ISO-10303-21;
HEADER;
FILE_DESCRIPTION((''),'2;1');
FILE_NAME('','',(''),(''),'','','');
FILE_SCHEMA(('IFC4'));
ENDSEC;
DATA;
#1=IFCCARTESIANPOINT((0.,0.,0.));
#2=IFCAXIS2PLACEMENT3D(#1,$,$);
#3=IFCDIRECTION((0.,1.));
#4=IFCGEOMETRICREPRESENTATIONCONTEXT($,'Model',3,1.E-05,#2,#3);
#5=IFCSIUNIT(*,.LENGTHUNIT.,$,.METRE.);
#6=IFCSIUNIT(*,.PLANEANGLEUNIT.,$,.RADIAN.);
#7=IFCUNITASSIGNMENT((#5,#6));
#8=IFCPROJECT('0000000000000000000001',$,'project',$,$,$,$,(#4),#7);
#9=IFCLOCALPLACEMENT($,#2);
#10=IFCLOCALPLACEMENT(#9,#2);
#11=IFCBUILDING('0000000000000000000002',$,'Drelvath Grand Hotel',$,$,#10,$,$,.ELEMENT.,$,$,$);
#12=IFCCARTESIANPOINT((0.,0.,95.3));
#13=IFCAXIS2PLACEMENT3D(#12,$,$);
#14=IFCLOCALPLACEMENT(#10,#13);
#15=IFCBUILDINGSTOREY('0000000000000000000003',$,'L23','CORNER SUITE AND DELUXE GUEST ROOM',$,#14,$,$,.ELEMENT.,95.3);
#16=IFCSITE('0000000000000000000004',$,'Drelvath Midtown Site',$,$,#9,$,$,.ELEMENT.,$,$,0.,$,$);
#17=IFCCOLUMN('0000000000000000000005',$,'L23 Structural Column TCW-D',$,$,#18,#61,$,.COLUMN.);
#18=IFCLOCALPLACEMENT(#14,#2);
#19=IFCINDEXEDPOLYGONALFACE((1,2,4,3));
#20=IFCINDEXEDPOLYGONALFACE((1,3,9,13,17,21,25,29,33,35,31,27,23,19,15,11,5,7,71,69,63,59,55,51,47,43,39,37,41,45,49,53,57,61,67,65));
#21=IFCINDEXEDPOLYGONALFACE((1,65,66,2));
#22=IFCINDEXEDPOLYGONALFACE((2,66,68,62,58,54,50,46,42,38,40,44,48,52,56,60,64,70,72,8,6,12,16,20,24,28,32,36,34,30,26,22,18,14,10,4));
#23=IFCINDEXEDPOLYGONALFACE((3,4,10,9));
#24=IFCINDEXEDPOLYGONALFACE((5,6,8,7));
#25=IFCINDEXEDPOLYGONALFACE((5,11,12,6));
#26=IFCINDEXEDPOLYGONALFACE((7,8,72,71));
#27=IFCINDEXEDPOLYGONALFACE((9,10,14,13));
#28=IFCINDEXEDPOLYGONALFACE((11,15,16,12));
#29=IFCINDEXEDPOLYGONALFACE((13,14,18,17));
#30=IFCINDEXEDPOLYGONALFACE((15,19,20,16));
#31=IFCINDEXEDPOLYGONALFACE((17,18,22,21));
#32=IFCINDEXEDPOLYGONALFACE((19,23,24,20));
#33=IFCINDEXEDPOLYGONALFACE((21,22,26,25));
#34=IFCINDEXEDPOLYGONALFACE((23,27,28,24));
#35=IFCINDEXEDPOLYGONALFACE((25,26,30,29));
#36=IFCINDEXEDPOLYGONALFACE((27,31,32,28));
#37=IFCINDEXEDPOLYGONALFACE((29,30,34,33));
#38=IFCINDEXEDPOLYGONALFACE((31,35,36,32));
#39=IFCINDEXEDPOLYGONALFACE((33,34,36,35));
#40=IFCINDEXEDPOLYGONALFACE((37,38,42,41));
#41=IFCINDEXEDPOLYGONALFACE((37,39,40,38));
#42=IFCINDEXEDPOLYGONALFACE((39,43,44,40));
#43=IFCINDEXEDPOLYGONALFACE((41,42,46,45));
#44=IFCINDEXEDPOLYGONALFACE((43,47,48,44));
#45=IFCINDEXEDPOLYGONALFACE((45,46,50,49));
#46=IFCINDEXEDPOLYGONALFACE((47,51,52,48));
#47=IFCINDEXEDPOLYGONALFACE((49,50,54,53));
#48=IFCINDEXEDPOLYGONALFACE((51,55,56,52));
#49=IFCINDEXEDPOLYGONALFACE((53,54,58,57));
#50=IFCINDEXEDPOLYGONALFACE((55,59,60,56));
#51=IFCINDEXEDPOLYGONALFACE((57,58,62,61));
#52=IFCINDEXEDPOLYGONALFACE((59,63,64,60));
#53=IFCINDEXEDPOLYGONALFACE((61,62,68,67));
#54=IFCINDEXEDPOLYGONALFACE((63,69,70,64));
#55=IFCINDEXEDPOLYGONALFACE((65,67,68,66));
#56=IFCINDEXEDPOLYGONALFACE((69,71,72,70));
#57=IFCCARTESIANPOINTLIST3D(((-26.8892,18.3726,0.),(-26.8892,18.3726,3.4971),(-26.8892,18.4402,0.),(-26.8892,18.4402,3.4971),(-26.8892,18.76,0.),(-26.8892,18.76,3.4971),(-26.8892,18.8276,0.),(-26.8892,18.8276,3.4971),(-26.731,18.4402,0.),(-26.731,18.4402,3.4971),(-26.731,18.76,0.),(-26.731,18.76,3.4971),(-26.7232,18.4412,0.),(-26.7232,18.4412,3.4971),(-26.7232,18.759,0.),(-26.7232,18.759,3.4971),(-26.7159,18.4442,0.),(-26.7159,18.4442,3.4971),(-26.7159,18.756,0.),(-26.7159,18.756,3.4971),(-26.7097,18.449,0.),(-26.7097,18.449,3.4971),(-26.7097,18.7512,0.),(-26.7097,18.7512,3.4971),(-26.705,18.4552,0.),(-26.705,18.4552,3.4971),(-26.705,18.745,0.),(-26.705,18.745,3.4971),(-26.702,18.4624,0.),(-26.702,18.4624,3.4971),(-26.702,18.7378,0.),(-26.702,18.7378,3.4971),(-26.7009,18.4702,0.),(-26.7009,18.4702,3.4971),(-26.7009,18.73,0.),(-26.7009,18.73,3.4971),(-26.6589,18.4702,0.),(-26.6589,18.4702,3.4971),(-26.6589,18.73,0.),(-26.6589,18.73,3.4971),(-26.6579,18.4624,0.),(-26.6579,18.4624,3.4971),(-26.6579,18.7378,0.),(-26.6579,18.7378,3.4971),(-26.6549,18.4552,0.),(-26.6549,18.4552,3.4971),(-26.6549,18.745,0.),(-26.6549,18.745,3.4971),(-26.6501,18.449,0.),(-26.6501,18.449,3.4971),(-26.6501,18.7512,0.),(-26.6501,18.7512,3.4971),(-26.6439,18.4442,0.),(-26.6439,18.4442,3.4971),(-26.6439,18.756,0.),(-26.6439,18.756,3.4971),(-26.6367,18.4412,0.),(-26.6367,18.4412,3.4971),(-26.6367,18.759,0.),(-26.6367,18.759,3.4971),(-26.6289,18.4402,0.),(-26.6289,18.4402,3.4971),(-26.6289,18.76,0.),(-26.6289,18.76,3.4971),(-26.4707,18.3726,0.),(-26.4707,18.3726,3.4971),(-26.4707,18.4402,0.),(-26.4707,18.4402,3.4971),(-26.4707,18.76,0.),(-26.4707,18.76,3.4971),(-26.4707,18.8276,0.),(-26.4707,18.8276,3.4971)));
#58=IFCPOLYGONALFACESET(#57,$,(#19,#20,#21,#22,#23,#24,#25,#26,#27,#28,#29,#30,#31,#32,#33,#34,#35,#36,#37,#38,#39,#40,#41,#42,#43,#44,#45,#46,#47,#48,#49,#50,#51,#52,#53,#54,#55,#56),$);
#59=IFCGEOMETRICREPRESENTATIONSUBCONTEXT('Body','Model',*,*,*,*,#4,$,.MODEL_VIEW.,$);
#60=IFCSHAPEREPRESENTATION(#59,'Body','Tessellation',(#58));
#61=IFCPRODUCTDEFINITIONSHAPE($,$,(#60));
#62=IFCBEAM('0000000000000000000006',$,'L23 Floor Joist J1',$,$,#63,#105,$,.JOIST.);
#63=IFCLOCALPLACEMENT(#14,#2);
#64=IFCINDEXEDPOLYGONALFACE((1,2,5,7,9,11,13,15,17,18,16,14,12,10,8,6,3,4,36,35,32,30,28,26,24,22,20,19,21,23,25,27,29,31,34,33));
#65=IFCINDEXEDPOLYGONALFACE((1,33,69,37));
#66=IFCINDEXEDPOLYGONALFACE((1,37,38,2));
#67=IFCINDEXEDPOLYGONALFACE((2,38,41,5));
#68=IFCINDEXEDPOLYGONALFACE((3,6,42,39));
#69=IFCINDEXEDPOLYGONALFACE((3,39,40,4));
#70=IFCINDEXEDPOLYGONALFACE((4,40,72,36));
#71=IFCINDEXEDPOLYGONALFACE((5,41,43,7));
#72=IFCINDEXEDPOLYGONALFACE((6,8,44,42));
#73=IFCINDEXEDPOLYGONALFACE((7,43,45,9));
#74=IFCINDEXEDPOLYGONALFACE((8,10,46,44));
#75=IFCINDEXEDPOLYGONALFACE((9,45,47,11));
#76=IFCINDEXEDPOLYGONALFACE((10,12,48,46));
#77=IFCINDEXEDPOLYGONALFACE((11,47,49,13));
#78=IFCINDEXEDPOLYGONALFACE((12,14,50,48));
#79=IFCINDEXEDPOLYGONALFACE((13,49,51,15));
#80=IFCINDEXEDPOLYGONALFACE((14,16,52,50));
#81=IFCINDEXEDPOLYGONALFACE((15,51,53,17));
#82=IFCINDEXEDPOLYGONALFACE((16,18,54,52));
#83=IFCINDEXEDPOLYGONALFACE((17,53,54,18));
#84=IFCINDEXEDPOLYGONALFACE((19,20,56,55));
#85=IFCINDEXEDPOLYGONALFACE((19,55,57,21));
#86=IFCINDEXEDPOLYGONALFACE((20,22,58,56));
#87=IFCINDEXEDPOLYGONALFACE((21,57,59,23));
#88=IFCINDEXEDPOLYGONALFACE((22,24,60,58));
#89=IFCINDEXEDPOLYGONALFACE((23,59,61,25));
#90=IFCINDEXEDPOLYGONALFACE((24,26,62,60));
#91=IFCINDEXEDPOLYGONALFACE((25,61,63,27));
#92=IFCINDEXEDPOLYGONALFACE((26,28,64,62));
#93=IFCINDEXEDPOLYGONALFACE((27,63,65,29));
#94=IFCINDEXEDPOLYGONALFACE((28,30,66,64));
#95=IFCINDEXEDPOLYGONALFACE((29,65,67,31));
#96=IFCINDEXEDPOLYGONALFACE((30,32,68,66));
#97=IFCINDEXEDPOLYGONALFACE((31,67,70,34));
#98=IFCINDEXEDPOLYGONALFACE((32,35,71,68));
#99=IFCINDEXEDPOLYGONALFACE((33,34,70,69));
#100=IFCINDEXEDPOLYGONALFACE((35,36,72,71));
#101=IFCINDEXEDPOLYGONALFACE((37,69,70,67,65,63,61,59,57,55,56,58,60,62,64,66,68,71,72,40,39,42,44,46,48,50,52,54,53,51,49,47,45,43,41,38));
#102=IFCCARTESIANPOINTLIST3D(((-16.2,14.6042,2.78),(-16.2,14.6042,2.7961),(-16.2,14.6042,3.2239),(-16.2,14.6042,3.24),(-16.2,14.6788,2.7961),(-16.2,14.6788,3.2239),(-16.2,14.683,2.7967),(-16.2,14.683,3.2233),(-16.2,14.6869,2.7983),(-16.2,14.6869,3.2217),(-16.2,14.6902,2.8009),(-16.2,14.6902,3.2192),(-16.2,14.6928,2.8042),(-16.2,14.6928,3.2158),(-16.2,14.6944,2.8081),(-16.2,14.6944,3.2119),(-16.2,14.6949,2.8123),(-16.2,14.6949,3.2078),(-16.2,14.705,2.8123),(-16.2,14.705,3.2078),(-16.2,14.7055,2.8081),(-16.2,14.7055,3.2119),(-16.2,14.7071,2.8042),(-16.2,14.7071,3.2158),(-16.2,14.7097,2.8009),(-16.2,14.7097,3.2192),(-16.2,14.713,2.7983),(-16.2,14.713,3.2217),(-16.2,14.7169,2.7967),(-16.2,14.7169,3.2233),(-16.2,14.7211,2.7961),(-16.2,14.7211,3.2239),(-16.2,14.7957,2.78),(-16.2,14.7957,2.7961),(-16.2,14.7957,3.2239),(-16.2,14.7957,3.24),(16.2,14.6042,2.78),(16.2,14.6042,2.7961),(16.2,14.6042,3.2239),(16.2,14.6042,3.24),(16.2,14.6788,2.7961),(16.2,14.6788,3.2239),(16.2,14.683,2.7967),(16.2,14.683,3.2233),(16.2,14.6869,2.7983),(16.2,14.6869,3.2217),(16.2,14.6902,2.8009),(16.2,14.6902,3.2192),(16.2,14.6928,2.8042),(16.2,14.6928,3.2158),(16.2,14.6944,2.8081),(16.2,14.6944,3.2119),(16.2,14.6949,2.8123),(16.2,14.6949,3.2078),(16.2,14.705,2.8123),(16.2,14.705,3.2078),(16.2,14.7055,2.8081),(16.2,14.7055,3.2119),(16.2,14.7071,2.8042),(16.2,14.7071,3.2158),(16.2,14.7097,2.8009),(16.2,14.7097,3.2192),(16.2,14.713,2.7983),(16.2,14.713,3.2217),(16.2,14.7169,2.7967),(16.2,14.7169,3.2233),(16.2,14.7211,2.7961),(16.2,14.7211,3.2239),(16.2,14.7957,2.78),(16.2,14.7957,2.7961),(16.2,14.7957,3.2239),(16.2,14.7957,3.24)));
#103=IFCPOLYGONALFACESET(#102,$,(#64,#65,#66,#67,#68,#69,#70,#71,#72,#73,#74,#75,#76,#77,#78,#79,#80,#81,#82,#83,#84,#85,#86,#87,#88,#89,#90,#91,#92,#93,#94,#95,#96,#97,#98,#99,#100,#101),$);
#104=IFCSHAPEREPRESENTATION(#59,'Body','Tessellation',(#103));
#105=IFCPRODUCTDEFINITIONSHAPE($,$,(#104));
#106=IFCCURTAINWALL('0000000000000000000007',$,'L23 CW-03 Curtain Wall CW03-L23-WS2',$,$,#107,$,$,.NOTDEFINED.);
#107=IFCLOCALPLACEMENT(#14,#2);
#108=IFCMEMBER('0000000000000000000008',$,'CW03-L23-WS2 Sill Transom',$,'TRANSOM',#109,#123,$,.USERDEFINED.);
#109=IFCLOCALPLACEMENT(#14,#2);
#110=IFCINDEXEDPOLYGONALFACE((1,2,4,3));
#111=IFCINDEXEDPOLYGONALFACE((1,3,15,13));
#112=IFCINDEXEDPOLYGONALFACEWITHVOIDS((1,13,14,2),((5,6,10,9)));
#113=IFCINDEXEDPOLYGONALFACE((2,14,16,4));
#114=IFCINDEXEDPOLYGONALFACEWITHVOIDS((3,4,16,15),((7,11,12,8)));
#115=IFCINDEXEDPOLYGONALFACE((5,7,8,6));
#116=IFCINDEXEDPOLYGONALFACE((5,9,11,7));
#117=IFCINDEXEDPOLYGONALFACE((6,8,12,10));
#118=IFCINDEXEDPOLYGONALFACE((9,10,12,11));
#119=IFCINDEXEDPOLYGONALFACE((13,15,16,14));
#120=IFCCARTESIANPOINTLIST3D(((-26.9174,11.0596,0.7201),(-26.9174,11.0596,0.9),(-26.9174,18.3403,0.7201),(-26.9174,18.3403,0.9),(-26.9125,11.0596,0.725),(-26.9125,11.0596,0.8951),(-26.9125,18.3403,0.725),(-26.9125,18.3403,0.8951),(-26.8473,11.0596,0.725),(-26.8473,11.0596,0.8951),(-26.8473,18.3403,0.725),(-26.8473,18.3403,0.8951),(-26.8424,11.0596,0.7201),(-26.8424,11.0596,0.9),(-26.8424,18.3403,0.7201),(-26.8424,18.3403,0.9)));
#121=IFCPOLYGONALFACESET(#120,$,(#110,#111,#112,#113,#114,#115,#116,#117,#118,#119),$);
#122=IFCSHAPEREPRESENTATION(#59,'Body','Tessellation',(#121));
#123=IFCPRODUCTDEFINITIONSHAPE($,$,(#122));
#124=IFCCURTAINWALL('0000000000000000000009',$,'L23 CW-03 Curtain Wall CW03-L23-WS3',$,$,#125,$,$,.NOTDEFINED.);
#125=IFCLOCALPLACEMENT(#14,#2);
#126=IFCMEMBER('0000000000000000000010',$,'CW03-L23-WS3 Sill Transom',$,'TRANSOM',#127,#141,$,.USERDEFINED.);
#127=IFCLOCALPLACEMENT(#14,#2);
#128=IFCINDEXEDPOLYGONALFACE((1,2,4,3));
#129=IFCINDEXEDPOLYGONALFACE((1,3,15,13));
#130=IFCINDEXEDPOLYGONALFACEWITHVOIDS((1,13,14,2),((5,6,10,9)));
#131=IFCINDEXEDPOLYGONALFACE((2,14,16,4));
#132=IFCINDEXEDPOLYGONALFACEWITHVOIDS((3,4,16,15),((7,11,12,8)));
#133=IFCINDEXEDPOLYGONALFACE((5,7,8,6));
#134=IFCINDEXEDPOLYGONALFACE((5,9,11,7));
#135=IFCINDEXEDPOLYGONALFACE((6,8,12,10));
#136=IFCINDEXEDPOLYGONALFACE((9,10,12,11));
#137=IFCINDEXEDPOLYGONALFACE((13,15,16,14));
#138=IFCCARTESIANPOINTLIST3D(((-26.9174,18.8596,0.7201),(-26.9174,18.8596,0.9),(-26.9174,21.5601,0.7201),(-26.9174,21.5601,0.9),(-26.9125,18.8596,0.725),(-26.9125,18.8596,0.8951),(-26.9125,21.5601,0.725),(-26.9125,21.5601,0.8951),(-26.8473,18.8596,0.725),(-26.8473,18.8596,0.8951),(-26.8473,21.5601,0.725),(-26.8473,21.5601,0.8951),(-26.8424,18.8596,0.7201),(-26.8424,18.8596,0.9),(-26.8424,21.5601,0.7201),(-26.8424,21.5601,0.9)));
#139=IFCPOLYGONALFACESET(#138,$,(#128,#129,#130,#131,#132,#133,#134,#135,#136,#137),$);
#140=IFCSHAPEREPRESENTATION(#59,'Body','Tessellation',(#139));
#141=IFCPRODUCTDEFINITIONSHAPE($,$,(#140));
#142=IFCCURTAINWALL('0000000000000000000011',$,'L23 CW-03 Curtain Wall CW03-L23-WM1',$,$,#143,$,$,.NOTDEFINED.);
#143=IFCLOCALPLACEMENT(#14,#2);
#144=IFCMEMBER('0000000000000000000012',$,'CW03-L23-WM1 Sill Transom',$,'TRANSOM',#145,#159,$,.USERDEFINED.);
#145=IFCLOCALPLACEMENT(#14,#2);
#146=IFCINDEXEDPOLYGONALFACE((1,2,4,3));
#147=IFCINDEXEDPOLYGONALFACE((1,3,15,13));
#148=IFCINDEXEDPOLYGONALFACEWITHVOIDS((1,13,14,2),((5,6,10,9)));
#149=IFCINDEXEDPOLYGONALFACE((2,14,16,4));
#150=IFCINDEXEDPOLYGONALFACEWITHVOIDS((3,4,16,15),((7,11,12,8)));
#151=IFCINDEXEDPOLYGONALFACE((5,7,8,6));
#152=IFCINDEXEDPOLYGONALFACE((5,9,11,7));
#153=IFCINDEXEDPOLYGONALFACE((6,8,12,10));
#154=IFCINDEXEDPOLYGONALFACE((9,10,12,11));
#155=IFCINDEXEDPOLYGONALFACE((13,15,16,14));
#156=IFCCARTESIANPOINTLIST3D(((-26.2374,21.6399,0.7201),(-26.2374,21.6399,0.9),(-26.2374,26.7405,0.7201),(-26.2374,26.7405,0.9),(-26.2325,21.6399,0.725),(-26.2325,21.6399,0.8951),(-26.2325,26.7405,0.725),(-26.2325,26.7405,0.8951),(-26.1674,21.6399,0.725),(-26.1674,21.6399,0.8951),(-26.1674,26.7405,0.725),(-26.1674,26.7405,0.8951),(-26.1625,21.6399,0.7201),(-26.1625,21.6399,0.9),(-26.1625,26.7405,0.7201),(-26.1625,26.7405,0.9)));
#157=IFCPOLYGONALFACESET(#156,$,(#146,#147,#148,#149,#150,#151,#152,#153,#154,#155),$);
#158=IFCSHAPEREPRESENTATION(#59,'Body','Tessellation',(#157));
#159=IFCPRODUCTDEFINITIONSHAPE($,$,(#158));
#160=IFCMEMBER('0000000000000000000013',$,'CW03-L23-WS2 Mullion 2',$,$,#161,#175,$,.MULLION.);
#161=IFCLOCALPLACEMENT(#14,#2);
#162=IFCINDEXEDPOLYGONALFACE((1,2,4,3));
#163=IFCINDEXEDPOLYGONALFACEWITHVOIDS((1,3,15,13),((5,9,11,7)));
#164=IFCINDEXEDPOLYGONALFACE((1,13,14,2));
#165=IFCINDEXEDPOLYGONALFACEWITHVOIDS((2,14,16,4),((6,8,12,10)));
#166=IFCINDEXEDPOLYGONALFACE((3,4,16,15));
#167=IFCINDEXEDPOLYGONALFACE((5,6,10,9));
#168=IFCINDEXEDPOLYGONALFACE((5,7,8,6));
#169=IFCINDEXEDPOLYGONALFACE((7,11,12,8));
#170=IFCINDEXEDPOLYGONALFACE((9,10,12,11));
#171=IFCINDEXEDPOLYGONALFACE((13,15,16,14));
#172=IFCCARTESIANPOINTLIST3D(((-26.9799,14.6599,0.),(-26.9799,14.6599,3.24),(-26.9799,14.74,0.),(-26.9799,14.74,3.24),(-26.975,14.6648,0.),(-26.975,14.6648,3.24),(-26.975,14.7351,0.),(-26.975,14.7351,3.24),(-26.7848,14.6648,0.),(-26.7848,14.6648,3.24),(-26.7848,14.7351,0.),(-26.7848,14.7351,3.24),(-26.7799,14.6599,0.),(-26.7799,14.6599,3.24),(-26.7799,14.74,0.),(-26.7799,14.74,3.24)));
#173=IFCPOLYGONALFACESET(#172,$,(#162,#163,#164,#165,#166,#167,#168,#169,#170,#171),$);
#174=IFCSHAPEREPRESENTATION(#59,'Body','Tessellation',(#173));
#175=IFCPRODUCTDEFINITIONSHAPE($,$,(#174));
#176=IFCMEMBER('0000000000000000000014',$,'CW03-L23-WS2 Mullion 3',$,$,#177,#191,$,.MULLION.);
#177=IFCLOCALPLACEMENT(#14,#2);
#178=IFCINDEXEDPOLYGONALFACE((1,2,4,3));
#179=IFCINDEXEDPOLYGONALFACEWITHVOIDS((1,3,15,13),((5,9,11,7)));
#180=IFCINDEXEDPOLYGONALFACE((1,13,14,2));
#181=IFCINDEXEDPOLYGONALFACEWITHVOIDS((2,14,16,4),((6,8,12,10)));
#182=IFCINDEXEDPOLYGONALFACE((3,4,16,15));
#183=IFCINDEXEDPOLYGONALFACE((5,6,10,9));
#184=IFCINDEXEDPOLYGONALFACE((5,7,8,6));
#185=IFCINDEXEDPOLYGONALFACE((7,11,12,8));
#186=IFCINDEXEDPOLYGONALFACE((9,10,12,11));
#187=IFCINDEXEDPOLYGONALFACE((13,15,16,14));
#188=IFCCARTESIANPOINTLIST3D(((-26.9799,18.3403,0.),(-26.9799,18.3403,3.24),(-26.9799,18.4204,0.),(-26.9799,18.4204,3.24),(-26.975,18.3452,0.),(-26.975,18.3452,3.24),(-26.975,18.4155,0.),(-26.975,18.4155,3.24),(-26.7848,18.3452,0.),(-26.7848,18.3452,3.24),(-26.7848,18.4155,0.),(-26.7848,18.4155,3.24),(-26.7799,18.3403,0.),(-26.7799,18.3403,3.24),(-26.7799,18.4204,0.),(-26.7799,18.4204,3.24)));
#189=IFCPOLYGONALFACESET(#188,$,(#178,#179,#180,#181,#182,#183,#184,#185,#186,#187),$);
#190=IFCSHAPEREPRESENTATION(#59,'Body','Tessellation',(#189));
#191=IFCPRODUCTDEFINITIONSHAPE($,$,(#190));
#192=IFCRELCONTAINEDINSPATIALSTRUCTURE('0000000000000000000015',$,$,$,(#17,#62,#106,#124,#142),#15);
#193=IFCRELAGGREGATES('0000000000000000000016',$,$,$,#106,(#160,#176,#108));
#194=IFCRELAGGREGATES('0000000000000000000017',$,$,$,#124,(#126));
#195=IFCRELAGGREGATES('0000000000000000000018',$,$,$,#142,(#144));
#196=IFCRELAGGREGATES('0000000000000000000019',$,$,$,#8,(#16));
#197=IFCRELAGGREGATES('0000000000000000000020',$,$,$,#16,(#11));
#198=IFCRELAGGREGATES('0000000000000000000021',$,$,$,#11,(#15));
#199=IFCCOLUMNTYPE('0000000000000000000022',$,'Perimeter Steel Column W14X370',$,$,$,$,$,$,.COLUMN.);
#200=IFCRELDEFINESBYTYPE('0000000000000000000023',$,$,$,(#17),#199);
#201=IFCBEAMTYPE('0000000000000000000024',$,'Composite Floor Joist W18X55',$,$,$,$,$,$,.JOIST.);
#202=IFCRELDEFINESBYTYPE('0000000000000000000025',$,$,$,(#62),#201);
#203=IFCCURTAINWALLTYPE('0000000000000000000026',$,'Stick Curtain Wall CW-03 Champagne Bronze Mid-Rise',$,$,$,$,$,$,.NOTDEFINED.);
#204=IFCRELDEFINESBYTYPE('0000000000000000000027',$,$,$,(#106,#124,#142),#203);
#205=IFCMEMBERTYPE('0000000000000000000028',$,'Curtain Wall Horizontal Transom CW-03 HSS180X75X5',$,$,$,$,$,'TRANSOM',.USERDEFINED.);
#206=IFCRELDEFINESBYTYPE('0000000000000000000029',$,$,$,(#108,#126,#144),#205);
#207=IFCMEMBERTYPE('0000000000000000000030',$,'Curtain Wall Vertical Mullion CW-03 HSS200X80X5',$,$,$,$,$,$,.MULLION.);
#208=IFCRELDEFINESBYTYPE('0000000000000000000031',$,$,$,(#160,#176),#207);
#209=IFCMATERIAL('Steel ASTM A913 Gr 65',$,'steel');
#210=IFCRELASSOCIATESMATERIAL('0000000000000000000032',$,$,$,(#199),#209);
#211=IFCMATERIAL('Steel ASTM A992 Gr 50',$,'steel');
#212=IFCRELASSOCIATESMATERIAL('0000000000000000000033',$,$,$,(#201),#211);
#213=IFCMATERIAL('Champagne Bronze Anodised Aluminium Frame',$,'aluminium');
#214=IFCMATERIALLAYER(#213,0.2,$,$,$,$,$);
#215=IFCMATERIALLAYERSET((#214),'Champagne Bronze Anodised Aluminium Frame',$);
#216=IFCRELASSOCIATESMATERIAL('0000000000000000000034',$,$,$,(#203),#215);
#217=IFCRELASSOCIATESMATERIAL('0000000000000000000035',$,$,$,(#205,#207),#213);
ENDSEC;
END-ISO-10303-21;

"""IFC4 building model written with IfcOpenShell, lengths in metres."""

from ifc_helpers import new_model, si_unit, direction, frame, origin, origin_2d, place, context, subcontext, project, spatial, hollow_rectangle, i_section, extrude, material, layer, layer_set, material_profile, profile_set, type_object, element, aggregate, save


model = new_model("IFC4")

# Units and contexts
model_context = context("Model", 3, precision=1e-05, world=origin(), true_north=direction((0.0, 1.0)))
body_context = subcontext(model_context, "Body", "Model", "MODEL_VIEW")
ifc_project = project(units=[si_unit("LENGTHUNIT", "METRE"), si_unit("PLANEANGLEUNIT", "RADIAN")], contexts=[model_context])

# Site, building, storey
site_placement = place(None, origin())
site = spatial("IfcSite", under=ifc_project, at=site_placement, Name="Drelvath Midtown Site", CompositionType="ELEMENT", RefElevation=0.0)
building_placement = place(site_placement, origin())
building = spatial("IfcBuilding", under=site, at=building_placement, Name="Drelvath Grand Hotel", CompositionType="ELEMENT")
storey_placement = place(building_placement, frame((0.0, 0.0, 95.3)))
storey = spatial("IfcBuildingStorey", under=building, at=storey_placement, Name="L23", Description="CORNER SUITE AND DELUXE GUEST ROOM", CompositionType="ELEMENT", Elevation=95.3)

# Column
ifc_material_1 = material(Name="Steel ASTM A913 Gr 65", Category="steel")
ifc_material_profile_1 = material_profile(ifc_material_1, i_section(OverallWidth=0.4185, OverallDepth=0.4551, WebThickness=0.042, FlangeThickness=0.0676, FilletRadius=0.03, at=origin_2d()), Name="W14X370")
ifc_profile_set_1 = profile_set([ifc_material_profile_1], Name="Steel ASTM A913 Gr 65")
column_type = type_object("IfcColumnType", Name="Perimeter Steel Column W14X370", PredefinedType="COLUMN", material=ifc_profile_set_1)
column_placement = place(storey_placement, frame((-26.6799, 18.6001, 0.0), z_axis=(0.0, 0.0, 1.0), x_axis=(1.0, 0.0, 0.0)))
element("IfcColumn", 1, at=column_placement, inside=storey, type_object=column_type, Name="L23 Structural Column TCW-D", PredefinedType="COLUMN", context=body_context, shape_type="SweptSolid", body=[
    extrude(i_section(OverallWidth=0.4185, OverallDepth=0.4551, WebThickness=0.042, FlangeThickness=0.0676, FilletRadius=0.03, at=origin_2d()), origin(), (0.0, 0.0, 1.0), 3.4971),
])

# Beam
ifc_material_2 = material(Name="Steel ASTM A992 Gr 50", Category="steel")
ifc_material_profile_2 = material_profile(ifc_material_2, i_section(OverallWidth=0.1914, OverallDepth=0.46, WebThickness=0.01, FlangeThickness=0.0161, FilletRadius=0.0161, at=origin_2d()), Name="W18X55")
ifc_profile_set_2 = profile_set([ifc_material_profile_2], Name="Steel ASTM A992 Gr 50")
beam_type_1 = type_object("IfcBeamType", Name="Composite Floor Joist W18X55", PredefinedType="JOIST", material=ifc_profile_set_2)
beam_1_placement = place(storey_placement, frame((-16.2, 14.7, 3.01), z_axis=(1.0, 0.0, 0.0), x_axis=(0.0, 1.0, 0.0)))
element("IfcBeam", 2, at=beam_1_placement, inside=storey, type_object=beam_type_1, Name="L23 Floor Joist J1", PredefinedType="JOIST", context=body_context, shape_type="SweptSolid", body=[
    extrude(i_section(OverallWidth=0.1914, OverallDepth=0.46, WebThickness=0.01, FlangeThickness=0.0161, FilletRadius=0.0161, at=origin_2d()), origin(), (0.0, 0.0, 1.0), 32.3999),
])

# Curtain walls, members
ifc_material_3 = material(Name="Champagne Bronze Anodised Aluminium Frame", Category="aluminium")
ifc_layer_1 = layer(ifc_material_3, 0.2)
ifc_layer_set_1 = layer_set([ifc_layer_1], Name="Champagne Bronze Anodised Aluminium Frame")
curtain_wall_type = type_object("IfcCurtainWallType", Name="Stick Curtain Wall CW-03 Champagne Bronze Mid-Rise", PredefinedType="NOTDEFINED", material=ifc_layer_set_1)
curtain_wall_1_placement = place(storey_placement, origin())
curtain_wall_1 = element("IfcCurtainWall", 3, at=curtain_wall_1_placement, inside=storey, type_object=curtain_wall_type, Name="L23 CW-03 Curtain Wall CW03-L23-WS2", PredefinedType="NOTDEFINED")
ifc_material_profile_3 = material_profile(ifc_material_3, hollow_rectangle(XDim=0.075, YDim=0.1799, WallThickness=0.0049, at=origin_2d()), Name="HSS180X75X5")
ifc_profile_set_3 = profile_set([ifc_material_profile_3], Name="Champagne Bronze Anodised Aluminium Frame")
member_type_1 = type_object("IfcMemberType", Name="Curtain Wall Horizontal Transom CW-03 HSS180X75X5", ElementType="TRANSOM", PredefinedType="USERDEFINED", material=ifc_profile_set_3)
member_1_placement = place(storey_placement, frame((-26.8799, 11.0596, 0.8101), z_axis=(0.0, 1.0, 0.0), x_axis=(-1.0, 0.0, 0.0)))
member_1 = element("IfcMember", 4, at=member_1_placement, type_object=member_type_1, Name="CW03-L23-WS2 Sill Transom", ObjectType="TRANSOM", PredefinedType="USERDEFINED", context=body_context, shape_type="SweptSolid", body=[
    extrude(hollow_rectangle(XDim=0.075, YDim=0.1799, WallThickness=0.0049, at=origin_2d()), origin(), (0.0, 0.0, 1.0), 7.2808),
])
curtain_wall_2_placement = place(storey_placement, origin())
curtain_wall_2 = element("IfcCurtainWall", 5, at=curtain_wall_2_placement, inside=storey, type_object=curtain_wall_type, Name="L23 CW-03 Curtain Wall CW03-L23-WS3", PredefinedType="NOTDEFINED")
member_2_placement = place(storey_placement, frame((-26.8799, 18.8596, 0.8101), z_axis=(0.0, 1.0, 0.0), x_axis=(-1.0, 0.0, 0.0)))
member_2 = element("IfcMember", 6, at=member_2_placement, type_object=member_type_1, Name="CW03-L23-WS3 Sill Transom", ObjectType="TRANSOM", PredefinedType="USERDEFINED", context=body_context, shape_type="SweptSolid", body=[
    extrude(hollow_rectangle(XDim=0.075, YDim=0.1799, WallThickness=0.0049, at=origin_2d()), origin(), (0.0, 0.0, 1.0), 2.7004),
])
curtain_wall_3_placement = place(storey_placement, origin())
curtain_wall_3 = element("IfcCurtainWall", 7, at=curtain_wall_3_placement, inside=storey, type_object=curtain_wall_type, Name="L23 CW-03 Curtain Wall CW03-L23-WM1", PredefinedType="NOTDEFINED")
member_3_placement = place(storey_placement, frame((-26.2, 21.6399, 0.8101), z_axis=(0.0, 1.0, 0.0), x_axis=(-1.0, 0.0, 0.0)))
member_3 = element("IfcMember", 8, at=member_3_placement, type_object=member_type_1, Name="CW03-L23-WM1 Sill Transom", ObjectType="TRANSOM", PredefinedType="USERDEFINED", context=body_context, shape_type="SweptSolid", body=[
    extrude(hollow_rectangle(XDim=0.075, YDim=0.1799, WallThickness=0.0049, at=origin_2d()), origin(), (0.0, 0.0, 1.0), 5.1006),
])

# Members
ifc_material_profile_4 = material_profile(ifc_material_3, hollow_rectangle(XDim=0.0801, YDim=0.2, WallThickness=0.0049, at=origin_2d()), Name="HSS200X80X5")
ifc_profile_set_4 = profile_set([ifc_material_profile_4], Name="Champagne Bronze Anodised Aluminium Frame")
member_type_2 = type_object("IfcMemberType", Name="Curtain Wall Vertical Mullion CW-03 HSS200X80X5", PredefinedType="MULLION", material=ifc_profile_set_4)
member_4_placement = place(storey_placement, frame((-26.8799, 14.7, 0.0), z_axis=(0.0, 0.0, 1.0), x_axis=(0.0, 1.0, 0.0)))
member_4 = element("IfcMember", 9, at=member_4_placement, type_object=member_type_2, Name="CW03-L23-WS2 Mullion 2", PredefinedType="MULLION", context=body_context, shape_type="SweptSolid", body=[
    extrude(hollow_rectangle(XDim=0.0801, YDim=0.2, WallThickness=0.0049, at=origin_2d()), origin(), (0.0, 0.0, 1.0), 3.24),
])
member_5_placement = place(storey_placement, frame((-26.8799, 18.3804, 0.0), z_axis=(0.0, 0.0, 1.0), x_axis=(0.0, 1.0, 0.0)))
member_5 = element("IfcMember", 10, at=member_5_placement, type_object=member_type_2, Name="CW03-L23-WS2 Mullion 3", PredefinedType="MULLION", context=body_context, shape_type="SweptSolid", body=[
    extrude(hollow_rectangle(XDim=0.0801, YDim=0.2, WallThickness=0.0049, at=origin_2d()), origin(), (0.0, 0.0, 1.0), 3.24),
])

aggregate(curtain_wall_1, [member_4, member_5, member_1])
aggregate(curtain_wall_2, [member_2])
aggregate(curtain_wall_3, [member_3])

save(model, "model.ifc")
